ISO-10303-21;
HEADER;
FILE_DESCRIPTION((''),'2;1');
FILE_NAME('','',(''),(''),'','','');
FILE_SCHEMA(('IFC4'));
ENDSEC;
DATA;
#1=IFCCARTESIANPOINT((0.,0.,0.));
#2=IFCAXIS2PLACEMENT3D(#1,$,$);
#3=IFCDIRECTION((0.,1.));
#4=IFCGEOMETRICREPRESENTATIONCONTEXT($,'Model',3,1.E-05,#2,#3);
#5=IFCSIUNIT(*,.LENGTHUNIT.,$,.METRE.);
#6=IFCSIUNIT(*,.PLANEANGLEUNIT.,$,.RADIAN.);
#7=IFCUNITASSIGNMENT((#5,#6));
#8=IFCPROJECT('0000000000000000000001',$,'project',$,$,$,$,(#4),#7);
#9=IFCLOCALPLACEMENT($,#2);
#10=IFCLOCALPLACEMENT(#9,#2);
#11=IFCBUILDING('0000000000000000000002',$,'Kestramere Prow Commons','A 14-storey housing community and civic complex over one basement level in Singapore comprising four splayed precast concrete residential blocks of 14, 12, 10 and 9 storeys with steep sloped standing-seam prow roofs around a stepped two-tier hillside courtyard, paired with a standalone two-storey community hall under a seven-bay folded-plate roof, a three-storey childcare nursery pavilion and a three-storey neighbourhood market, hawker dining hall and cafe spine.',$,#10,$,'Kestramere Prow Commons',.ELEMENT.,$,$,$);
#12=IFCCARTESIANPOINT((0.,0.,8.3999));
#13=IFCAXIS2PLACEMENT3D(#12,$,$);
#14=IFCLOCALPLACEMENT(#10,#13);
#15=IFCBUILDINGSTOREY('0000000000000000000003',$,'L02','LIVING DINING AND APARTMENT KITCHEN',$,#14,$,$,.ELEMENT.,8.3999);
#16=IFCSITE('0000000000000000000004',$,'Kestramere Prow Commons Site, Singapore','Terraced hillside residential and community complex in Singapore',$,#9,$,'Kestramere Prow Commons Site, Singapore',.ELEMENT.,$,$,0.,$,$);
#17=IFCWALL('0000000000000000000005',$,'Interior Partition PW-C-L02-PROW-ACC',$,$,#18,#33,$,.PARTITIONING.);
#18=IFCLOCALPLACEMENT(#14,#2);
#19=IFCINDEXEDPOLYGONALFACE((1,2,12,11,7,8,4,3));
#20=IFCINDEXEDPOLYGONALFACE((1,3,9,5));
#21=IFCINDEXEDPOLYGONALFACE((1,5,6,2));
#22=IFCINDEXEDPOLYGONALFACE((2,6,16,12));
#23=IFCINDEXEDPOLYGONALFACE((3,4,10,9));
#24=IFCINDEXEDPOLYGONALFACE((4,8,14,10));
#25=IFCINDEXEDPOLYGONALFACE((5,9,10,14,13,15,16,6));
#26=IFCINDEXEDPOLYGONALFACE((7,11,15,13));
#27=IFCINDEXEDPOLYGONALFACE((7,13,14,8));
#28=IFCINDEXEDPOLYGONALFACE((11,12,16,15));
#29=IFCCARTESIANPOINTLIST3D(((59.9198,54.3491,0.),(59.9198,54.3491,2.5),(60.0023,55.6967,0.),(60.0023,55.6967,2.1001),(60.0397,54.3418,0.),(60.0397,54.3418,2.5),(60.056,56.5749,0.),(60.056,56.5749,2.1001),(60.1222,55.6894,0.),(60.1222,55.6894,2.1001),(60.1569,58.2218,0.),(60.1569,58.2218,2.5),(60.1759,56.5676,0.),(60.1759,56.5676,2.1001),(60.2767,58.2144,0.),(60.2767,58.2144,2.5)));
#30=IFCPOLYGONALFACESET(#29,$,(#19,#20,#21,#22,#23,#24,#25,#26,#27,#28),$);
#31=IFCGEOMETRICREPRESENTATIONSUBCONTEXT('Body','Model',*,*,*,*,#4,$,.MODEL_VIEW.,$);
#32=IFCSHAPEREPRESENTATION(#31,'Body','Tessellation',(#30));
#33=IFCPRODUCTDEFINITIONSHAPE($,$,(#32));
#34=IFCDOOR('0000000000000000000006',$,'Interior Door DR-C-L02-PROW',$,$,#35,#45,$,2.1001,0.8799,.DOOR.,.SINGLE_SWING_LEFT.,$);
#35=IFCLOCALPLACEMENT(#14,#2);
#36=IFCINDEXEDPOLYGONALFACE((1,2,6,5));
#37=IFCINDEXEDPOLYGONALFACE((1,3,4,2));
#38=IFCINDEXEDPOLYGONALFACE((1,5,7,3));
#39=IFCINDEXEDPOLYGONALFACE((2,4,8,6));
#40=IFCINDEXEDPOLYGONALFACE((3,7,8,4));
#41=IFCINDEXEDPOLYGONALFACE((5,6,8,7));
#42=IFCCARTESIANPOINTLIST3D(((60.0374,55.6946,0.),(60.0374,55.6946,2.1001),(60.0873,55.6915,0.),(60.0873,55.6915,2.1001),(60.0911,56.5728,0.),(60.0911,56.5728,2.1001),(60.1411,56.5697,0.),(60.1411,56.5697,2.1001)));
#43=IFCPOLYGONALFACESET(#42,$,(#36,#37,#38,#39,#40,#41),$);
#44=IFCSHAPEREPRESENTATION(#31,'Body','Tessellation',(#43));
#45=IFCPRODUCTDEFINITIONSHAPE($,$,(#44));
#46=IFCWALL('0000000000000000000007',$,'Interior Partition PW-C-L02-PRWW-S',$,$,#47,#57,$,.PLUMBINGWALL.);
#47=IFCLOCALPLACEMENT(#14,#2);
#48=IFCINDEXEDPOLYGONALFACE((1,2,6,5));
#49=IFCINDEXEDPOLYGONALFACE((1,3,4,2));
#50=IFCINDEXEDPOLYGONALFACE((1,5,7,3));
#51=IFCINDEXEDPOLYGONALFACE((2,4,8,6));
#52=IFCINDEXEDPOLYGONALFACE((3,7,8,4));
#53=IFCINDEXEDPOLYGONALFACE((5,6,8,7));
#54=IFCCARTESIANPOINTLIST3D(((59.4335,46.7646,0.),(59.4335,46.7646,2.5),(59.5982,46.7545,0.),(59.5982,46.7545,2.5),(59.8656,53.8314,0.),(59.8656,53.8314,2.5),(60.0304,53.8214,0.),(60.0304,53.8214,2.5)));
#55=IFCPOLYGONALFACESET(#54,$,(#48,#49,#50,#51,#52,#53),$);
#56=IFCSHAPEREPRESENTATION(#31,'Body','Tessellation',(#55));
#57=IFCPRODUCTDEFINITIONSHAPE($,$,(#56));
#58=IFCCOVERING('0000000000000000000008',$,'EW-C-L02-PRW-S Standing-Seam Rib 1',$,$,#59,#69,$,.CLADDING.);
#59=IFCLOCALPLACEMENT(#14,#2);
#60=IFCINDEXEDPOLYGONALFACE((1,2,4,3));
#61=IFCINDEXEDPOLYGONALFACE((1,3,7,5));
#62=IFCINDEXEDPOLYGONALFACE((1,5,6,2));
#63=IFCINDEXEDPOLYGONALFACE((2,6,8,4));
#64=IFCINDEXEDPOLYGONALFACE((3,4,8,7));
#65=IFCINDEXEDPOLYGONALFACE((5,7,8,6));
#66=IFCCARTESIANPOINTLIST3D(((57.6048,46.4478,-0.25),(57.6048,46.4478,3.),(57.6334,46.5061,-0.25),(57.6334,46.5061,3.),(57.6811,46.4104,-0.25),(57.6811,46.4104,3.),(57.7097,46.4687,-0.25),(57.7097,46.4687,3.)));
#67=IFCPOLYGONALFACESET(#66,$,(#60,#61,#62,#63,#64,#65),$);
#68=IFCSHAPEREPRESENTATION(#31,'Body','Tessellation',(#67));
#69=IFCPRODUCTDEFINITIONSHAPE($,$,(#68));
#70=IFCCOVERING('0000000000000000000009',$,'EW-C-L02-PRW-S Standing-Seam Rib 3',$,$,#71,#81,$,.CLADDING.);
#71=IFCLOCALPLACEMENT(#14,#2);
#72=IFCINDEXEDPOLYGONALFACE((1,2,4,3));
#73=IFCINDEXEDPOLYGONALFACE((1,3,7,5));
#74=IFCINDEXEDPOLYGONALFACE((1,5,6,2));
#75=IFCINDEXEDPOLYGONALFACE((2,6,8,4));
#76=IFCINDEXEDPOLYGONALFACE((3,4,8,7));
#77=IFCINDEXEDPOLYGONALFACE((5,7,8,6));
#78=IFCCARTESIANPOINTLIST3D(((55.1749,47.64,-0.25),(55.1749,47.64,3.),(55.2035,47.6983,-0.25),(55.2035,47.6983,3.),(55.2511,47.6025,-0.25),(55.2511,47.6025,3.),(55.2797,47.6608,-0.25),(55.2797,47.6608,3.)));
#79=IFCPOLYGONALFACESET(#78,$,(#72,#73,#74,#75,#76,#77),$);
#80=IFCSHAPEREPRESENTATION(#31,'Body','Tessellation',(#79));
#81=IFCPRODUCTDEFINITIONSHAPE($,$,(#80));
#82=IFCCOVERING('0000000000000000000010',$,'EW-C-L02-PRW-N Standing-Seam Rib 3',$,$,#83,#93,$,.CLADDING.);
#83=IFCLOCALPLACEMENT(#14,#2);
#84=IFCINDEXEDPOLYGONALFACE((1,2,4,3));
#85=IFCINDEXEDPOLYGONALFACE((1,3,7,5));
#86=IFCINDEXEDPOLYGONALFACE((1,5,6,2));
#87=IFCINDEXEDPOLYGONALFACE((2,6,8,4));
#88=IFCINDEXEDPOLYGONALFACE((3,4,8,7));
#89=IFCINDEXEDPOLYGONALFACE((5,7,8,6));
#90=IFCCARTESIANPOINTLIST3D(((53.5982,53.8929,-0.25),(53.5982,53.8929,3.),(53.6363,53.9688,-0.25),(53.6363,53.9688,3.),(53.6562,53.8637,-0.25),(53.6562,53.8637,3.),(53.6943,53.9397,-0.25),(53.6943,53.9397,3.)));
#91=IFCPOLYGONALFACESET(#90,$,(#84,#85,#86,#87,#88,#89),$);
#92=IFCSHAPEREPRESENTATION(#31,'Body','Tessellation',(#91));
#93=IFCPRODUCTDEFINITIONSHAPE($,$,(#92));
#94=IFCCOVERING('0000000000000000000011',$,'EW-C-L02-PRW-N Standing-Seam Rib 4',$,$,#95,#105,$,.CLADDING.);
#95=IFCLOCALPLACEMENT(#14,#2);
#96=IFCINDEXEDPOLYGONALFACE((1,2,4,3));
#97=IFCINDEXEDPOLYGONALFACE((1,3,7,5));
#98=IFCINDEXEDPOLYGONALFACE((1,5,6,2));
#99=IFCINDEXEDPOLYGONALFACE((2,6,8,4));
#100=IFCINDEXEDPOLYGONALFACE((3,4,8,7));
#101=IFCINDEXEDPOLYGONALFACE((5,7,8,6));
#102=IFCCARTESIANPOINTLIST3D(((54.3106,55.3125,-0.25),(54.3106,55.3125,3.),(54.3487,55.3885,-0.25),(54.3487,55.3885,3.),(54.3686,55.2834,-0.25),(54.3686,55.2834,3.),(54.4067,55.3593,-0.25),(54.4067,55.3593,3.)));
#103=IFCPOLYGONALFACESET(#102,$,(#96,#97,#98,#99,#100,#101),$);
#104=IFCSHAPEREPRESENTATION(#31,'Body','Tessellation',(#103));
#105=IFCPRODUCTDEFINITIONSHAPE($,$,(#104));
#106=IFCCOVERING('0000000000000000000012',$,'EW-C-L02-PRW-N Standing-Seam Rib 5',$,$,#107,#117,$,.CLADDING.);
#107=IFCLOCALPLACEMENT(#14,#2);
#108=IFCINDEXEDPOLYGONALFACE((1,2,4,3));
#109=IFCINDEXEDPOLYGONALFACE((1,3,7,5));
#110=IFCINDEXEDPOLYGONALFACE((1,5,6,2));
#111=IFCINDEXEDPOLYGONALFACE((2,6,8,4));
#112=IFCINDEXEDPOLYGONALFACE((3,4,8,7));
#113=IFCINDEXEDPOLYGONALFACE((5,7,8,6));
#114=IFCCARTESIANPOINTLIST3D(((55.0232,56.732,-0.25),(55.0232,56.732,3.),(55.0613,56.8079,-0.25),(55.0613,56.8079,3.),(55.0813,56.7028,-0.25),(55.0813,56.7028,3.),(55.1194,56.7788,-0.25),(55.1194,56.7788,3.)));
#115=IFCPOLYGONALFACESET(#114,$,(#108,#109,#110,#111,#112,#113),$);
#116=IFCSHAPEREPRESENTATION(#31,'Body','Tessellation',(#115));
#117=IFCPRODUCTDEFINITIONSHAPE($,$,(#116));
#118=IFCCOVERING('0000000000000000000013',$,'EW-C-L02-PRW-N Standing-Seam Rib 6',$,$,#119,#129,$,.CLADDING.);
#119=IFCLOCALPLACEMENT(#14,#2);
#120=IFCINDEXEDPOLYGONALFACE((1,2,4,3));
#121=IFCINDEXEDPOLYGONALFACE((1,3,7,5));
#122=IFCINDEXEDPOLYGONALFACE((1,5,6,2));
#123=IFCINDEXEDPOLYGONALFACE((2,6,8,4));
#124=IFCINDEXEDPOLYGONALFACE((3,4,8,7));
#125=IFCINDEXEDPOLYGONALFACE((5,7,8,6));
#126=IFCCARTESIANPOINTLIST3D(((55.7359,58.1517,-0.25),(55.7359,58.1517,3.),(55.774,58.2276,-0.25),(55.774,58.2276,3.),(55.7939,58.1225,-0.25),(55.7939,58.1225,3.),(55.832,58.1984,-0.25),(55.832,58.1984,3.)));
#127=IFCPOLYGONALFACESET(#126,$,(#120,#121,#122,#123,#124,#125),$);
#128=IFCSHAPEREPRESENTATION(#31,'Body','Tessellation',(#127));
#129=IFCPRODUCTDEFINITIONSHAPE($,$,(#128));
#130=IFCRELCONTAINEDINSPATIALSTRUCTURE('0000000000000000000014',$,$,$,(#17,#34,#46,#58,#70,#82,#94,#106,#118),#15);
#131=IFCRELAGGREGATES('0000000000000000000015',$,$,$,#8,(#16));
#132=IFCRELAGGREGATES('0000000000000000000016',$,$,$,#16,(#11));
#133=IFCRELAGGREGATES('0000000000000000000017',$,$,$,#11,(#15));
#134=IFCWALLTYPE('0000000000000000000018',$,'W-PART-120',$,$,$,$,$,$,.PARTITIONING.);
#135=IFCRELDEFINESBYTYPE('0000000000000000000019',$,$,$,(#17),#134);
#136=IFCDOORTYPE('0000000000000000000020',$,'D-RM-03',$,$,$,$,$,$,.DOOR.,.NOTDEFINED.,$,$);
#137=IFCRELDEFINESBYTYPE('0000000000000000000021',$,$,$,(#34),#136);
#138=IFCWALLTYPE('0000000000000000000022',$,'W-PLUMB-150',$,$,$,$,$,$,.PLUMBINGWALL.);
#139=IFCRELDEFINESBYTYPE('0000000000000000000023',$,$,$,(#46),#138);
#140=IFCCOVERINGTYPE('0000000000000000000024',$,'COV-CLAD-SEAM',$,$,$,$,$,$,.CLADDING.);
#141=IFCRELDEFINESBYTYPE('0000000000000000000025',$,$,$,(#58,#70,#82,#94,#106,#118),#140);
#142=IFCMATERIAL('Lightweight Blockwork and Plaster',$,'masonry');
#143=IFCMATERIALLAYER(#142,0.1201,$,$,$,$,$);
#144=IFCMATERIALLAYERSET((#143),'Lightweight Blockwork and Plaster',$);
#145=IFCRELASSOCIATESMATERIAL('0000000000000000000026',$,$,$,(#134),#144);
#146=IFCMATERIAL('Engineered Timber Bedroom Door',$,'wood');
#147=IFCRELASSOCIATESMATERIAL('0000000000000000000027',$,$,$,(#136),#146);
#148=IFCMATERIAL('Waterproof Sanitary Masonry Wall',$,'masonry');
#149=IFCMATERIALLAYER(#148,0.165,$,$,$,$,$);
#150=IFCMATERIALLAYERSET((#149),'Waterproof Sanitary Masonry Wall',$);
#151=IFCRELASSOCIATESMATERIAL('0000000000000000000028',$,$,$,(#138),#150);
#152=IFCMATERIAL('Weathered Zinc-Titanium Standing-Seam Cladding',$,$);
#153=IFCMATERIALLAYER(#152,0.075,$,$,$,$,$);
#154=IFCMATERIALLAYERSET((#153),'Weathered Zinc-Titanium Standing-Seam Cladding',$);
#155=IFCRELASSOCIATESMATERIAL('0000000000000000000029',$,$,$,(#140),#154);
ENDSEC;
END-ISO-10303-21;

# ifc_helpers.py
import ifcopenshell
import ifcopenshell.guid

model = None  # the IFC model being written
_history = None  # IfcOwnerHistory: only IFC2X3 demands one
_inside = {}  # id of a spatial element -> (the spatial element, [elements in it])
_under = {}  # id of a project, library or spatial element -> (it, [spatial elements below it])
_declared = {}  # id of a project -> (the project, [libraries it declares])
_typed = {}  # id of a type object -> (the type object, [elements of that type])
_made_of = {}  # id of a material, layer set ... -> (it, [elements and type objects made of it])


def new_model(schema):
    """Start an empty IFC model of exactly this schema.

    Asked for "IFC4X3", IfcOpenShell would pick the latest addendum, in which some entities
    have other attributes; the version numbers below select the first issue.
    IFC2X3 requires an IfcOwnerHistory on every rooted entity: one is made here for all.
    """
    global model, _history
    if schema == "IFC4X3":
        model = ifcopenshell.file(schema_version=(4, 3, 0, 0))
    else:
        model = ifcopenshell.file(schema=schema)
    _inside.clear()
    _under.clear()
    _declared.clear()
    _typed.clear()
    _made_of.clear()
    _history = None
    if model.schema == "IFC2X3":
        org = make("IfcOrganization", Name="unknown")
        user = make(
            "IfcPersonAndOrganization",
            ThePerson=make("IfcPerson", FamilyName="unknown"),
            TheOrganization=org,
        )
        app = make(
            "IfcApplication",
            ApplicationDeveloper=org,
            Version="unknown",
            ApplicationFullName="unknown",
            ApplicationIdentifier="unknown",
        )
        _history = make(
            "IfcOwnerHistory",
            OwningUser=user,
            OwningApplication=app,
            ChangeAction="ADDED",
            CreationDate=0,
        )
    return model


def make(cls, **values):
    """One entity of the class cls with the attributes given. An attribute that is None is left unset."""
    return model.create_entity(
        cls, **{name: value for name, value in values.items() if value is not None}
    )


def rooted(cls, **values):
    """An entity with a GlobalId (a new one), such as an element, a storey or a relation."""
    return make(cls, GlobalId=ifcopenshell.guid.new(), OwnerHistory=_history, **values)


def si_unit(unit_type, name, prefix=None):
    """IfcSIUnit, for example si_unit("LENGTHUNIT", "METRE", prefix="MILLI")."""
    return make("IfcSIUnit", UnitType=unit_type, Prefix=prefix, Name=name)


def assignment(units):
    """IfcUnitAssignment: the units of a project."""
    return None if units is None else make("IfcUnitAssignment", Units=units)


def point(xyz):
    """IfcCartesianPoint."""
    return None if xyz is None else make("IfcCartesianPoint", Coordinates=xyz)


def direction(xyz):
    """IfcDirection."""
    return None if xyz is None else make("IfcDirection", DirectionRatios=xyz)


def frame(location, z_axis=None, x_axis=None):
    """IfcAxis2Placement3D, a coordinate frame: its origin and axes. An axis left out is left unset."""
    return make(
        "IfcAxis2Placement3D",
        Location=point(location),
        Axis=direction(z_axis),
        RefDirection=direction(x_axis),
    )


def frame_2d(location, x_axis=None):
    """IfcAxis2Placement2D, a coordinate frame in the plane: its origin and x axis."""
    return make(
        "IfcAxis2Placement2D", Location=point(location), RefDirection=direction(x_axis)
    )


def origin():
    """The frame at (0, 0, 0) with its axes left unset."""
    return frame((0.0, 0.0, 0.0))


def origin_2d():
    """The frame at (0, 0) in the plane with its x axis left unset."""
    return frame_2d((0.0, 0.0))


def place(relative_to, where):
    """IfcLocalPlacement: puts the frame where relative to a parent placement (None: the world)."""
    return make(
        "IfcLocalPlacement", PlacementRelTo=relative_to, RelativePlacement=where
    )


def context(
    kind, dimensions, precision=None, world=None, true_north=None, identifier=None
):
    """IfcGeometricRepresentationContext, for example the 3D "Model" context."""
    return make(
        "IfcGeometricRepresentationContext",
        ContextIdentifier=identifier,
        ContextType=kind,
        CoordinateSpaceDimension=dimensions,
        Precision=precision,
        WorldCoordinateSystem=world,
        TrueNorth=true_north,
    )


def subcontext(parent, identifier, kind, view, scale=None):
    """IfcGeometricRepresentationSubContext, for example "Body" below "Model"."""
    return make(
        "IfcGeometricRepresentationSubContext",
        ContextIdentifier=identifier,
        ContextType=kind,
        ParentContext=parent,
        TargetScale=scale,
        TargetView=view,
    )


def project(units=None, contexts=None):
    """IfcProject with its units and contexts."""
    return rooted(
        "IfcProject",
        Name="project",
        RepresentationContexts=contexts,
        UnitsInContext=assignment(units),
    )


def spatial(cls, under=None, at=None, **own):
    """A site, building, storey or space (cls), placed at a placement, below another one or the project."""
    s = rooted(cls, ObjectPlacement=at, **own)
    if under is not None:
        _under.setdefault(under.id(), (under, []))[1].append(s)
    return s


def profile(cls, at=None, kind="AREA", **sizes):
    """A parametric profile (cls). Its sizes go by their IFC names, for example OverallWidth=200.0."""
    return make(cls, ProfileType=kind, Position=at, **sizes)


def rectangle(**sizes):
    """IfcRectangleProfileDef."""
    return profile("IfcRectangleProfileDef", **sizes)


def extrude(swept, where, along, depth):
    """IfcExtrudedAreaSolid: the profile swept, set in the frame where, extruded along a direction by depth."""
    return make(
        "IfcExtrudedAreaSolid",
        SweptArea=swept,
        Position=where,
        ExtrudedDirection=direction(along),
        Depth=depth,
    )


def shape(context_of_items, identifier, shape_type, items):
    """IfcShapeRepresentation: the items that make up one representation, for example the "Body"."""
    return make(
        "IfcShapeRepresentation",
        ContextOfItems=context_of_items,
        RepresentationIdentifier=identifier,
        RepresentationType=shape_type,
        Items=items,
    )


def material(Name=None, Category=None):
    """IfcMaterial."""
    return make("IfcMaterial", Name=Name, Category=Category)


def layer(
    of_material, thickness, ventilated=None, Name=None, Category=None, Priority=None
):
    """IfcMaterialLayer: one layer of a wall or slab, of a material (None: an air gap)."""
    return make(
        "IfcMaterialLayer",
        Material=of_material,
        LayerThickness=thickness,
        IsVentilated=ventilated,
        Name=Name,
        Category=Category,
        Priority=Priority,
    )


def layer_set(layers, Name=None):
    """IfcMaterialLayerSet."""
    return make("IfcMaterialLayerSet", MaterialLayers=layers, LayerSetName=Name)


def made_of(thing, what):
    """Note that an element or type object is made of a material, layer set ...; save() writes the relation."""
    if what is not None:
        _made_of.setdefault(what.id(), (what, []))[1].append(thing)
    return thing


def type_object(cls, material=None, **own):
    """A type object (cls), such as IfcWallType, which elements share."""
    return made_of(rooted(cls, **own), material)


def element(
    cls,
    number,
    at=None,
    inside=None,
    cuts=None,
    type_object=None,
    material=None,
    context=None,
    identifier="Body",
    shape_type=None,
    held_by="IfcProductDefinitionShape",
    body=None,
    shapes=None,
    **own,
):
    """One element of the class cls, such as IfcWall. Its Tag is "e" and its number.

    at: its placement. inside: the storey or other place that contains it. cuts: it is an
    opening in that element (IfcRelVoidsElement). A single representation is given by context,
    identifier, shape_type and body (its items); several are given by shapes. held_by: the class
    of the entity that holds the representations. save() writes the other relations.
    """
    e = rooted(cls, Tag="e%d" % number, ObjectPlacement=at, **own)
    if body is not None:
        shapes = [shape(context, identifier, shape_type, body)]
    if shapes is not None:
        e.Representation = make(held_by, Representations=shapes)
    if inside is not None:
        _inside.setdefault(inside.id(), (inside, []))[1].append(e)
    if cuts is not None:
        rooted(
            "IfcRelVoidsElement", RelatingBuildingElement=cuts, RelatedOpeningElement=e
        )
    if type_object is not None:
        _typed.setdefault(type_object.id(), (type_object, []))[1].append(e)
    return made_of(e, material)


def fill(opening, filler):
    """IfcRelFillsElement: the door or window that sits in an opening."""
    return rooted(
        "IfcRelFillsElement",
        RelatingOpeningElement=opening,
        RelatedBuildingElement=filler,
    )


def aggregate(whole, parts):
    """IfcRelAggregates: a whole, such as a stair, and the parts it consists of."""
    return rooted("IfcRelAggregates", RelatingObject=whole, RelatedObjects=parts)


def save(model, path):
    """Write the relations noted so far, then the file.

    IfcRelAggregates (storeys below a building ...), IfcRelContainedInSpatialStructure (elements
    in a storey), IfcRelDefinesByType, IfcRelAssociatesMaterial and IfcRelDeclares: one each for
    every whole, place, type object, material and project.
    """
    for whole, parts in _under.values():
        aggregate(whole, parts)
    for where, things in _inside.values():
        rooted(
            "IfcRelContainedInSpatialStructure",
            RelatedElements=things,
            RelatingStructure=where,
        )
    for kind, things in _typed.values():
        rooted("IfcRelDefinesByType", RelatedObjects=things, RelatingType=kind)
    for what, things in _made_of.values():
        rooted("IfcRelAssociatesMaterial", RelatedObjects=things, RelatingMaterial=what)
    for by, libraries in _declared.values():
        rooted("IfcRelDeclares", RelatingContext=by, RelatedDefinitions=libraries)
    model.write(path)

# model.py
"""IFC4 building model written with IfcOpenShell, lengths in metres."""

from ifc_helpers import new_model, si_unit, direction, frame, frame_2d, origin, origin_2d, place, context, subcontext, project, spatial, rectangle, extrude, material, layer, layer_set, type_object, element, fill, save


model = new_model("IFC4")

# Units and contexts
model_context = context("Model", 3, precision=1e-05, world=origin(), true_north=direction((0.0, 1.0)))
body_context = subcontext(model_context, "Body", "Model", "MODEL_VIEW")
ifc_project = project(units=[si_unit("LENGTHUNIT", "METRE"), si_unit("PLANEANGLEUNIT", "RADIAN")], contexts=[model_context])

# Site, building, storey
site_placement = place(None, origin())
site = spatial("IfcSite", under=ifc_project, at=site_placement, Name="Kestramere Prow Commons Site, Singapore", Description="Terraced hillside residential and community complex in Singapore", LongName="Kestramere Prow Commons Site, Singapore", CompositionType="ELEMENT", RefElevation=0.0)
building_placement = place(site_placement, origin())
building = spatial("IfcBuilding", under=site, at=building_placement, Name="Kestramere Prow Commons", Description="A 14-storey housing community and civic complex over one basement level in Singapore comprising four splayed precast concrete residential blocks of 14, 12, 10 and 9 storeys with steep sloped standing-seam prow roofs around a stepped two-tier hillside courtyard, paired with a standalone two-storey community hall under a seven-bay folded-plate roof, a three-storey childcare nursery pavilion and a three-storey neighbourhood market, hawker dining hall and cafe spine.", LongName="Kestramere Prow Commons", CompositionType="ELEMENT")
storey_placement = place(building_placement, frame((0.0, 0.0, 8.3999)))
storey = spatial("IfcBuildingStorey", under=building, at=storey_placement, Name="L02", Description="LIVING DINING AND APARTMENT KITCHEN", CompositionType="ELEMENT", Elevation=8.3999)

# Shared definitions
ifc_material_1 = material(Name="Weathered Zinc-Titanium Standing-Seam Cladding")

# Wall, opening, door
ifc_material_2 = material(Name="Lightweight Blockwork and Plaster", Category="masonry")
ifc_layer_1 = layer(ifc_material_2, 0.1201)
ifc_layer_set_1 = layer_set([ifc_layer_1], Name="Lightweight Blockwork and Plaster")
wall_type_1 = type_object("IfcWallType", Name="W-PART-120", PredefinedType="PARTITIONING", material=ifc_layer_set_1)
wall_1_placement = place(storey_placement, frame((59.9797, 54.3455, 0.0), z_axis=(0.0, 0.0, 1.0), x_axis=(0.061101, 0.998132, 0.0)))
wall_1 = element("IfcWall", 1, at=wall_1_placement, inside=storey, type_object=wall_type_1, Name="Interior Partition PW-C-L02-PROW-ACC", PredefinedType="PARTITIONING", context=body_context, shape_type="SweptSolid", body=[
    extrude(rectangle(XDim=3.8799, YDim=0.1201, at=frame_2d((1.9399, 0.0))), origin(), (0.0, 0.0, 1.0), 2.5),
])
opening_1_placement = place(wall_1_placement, frame((1.3501, 0.0, 0.0)))
opening_1 = element("IfcOpeningElement", 2, at=opening_1_placement, cuts=wall_1, PredefinedType="OPENING", context=body_context, shape_type="SweptSolid", body=[
    extrude(rectangle(XDim=0.8799, YDim=2.1001, at=frame_2d((0.4399, 1.05))), frame((0.0, 0.075, 0.0), z_axis=(0.0, -1.0, 0.0), x_axis=(1.0, 0.0, 0.0)), (0.0, 0.0, 1.0), 0.1501),
])
ifc_material_3 = material(Name="Engineered Timber Bedroom Door", Category="wood")
door_type_1 = type_object("IfcDoorType", Name="D-RM-03", OperationType="NOTDEFINED", PredefinedType="DOOR", material=ifc_material_3)
door_1_placement = place(opening_1_placement, origin())
door_1 = element("IfcDoor", 3, at=door_1_placement, inside=storey, type_object=door_type_1, Name="Interior Door DR-C-L02-PROW", OperationType="SINGLE_SWING_LEFT", OverallHeight=2.1001, OverallWidth=0.8799, PredefinedType="DOOR", context=body_context, shape_type="SweptSolid", body=[
    extrude(rectangle(XDim=0.8799, YDim=2.1001, at=frame_2d((0.4399, 1.05))), frame((0.0, 0.0249, 0.0), z_axis=(0.0, -1.0, 0.0), x_axis=(1.0, 0.0, 0.0)), (0.0, 0.0, 1.0), 0.05),
])
fill(opening_1, door_1)

# Wall
ifc_material_4 = material(Name="Waterproof Sanitary Masonry Wall", Category="masonry")
ifc_layer_2 = layer(ifc_material_4, 0.165)
ifc_layer_set_2 = layer_set([ifc_layer_2], Name="Waterproof Sanitary Masonry Wall")
wall_type_2 = type_object("IfcWallType", Name="W-PLUMB-150", PredefinedType="PLUMBINGWALL", material=ifc_layer_set_2)
wall_2_placement = place(storey_placement, frame((59.5159, 46.7595, 0.0), z_axis=(0.0, 0.0, 1.0), x_axis=(0.061034, 0.998136, 0.0)))
element("IfcWall", 4, at=wall_2_placement, inside=storey, type_object=wall_type_2, Name="Interior Partition PW-C-L02-PRWW-S", PredefinedType="PLUMBINGWALL", context=body_context, shape_type="SweptSolid", body=[
    extrude(rectangle(XDim=7.0801, YDim=0.165, at=frame_2d((3.54, 0.0))), origin(), (0.0, 0.0, 1.0), 2.5),
])

# Coverings
ifc_layer_3 = layer(ifc_material_1, 0.075)
ifc_layer_set_3 = layer_set([ifc_layer_3], Name="Weathered Zinc-Titanium Standing-Seam Cladding")
covering_type = type_object("IfcCoveringType", Name="COV-CLAD-SEAM", PredefinedType="CLADDING", material=ifc_layer_set_3)
for number, where, z_axis, x_axis, name in (
    (5, (57.6572, 46.4583, -0.25), (0.0, 0.0, 1.0), (-0.897771, 0.440463, 0.0), "EW-C-L02-PRW-S Standing-Seam Rib 1"),
    (6, (55.2273, 47.6504, -0.25), (0.0, 0.0, 1.0), (-0.897771, 0.440463, 0.0), "EW-C-L02-PRW-S Standing-Seam Rib 3"),
    (7, (53.6462, 53.9163, -0.25), (0.0, 0.0, 1.0), (0.44862, 0.893722, 0.0), "EW-C-L02-PRW-N Standing-Seam Rib 3"),
    (8, (54.3586, 55.3359, -0.25), (0.0, 0.0, 1.0), (0.44862, 0.893722, 0.0), "EW-C-L02-PRW-N Standing-Seam Rib 4"),
    (9, (55.0713, 56.7554, -0.25), (0.0, 0.0, 1.0), (0.44862, 0.893722, 0.0), "EW-C-L02-PRW-N Standing-Seam Rib 5"),
    (10, (55.7839, 58.175, -0.25), (0.0, 0.0, 1.0), (0.44862, 0.893722, 0.0), "EW-C-L02-PRW-N Standing-Seam Rib 6"),
):
    element("IfcCovering", number, at=place(storey_placement, frame(where, z_axis=z_axis, x_axis=x_axis)), inside=storey, type_object=covering_type, Name=name, PredefinedType="CLADDING", context=body_context, shape_type="SweptSolid", body=[
        extrude(rectangle(XDim=0.085, YDim=0.0649, at=origin_2d()), origin(), (0.0, 0.0, 1.0), 3.25),
    ])

save(model, "model.ifc")
